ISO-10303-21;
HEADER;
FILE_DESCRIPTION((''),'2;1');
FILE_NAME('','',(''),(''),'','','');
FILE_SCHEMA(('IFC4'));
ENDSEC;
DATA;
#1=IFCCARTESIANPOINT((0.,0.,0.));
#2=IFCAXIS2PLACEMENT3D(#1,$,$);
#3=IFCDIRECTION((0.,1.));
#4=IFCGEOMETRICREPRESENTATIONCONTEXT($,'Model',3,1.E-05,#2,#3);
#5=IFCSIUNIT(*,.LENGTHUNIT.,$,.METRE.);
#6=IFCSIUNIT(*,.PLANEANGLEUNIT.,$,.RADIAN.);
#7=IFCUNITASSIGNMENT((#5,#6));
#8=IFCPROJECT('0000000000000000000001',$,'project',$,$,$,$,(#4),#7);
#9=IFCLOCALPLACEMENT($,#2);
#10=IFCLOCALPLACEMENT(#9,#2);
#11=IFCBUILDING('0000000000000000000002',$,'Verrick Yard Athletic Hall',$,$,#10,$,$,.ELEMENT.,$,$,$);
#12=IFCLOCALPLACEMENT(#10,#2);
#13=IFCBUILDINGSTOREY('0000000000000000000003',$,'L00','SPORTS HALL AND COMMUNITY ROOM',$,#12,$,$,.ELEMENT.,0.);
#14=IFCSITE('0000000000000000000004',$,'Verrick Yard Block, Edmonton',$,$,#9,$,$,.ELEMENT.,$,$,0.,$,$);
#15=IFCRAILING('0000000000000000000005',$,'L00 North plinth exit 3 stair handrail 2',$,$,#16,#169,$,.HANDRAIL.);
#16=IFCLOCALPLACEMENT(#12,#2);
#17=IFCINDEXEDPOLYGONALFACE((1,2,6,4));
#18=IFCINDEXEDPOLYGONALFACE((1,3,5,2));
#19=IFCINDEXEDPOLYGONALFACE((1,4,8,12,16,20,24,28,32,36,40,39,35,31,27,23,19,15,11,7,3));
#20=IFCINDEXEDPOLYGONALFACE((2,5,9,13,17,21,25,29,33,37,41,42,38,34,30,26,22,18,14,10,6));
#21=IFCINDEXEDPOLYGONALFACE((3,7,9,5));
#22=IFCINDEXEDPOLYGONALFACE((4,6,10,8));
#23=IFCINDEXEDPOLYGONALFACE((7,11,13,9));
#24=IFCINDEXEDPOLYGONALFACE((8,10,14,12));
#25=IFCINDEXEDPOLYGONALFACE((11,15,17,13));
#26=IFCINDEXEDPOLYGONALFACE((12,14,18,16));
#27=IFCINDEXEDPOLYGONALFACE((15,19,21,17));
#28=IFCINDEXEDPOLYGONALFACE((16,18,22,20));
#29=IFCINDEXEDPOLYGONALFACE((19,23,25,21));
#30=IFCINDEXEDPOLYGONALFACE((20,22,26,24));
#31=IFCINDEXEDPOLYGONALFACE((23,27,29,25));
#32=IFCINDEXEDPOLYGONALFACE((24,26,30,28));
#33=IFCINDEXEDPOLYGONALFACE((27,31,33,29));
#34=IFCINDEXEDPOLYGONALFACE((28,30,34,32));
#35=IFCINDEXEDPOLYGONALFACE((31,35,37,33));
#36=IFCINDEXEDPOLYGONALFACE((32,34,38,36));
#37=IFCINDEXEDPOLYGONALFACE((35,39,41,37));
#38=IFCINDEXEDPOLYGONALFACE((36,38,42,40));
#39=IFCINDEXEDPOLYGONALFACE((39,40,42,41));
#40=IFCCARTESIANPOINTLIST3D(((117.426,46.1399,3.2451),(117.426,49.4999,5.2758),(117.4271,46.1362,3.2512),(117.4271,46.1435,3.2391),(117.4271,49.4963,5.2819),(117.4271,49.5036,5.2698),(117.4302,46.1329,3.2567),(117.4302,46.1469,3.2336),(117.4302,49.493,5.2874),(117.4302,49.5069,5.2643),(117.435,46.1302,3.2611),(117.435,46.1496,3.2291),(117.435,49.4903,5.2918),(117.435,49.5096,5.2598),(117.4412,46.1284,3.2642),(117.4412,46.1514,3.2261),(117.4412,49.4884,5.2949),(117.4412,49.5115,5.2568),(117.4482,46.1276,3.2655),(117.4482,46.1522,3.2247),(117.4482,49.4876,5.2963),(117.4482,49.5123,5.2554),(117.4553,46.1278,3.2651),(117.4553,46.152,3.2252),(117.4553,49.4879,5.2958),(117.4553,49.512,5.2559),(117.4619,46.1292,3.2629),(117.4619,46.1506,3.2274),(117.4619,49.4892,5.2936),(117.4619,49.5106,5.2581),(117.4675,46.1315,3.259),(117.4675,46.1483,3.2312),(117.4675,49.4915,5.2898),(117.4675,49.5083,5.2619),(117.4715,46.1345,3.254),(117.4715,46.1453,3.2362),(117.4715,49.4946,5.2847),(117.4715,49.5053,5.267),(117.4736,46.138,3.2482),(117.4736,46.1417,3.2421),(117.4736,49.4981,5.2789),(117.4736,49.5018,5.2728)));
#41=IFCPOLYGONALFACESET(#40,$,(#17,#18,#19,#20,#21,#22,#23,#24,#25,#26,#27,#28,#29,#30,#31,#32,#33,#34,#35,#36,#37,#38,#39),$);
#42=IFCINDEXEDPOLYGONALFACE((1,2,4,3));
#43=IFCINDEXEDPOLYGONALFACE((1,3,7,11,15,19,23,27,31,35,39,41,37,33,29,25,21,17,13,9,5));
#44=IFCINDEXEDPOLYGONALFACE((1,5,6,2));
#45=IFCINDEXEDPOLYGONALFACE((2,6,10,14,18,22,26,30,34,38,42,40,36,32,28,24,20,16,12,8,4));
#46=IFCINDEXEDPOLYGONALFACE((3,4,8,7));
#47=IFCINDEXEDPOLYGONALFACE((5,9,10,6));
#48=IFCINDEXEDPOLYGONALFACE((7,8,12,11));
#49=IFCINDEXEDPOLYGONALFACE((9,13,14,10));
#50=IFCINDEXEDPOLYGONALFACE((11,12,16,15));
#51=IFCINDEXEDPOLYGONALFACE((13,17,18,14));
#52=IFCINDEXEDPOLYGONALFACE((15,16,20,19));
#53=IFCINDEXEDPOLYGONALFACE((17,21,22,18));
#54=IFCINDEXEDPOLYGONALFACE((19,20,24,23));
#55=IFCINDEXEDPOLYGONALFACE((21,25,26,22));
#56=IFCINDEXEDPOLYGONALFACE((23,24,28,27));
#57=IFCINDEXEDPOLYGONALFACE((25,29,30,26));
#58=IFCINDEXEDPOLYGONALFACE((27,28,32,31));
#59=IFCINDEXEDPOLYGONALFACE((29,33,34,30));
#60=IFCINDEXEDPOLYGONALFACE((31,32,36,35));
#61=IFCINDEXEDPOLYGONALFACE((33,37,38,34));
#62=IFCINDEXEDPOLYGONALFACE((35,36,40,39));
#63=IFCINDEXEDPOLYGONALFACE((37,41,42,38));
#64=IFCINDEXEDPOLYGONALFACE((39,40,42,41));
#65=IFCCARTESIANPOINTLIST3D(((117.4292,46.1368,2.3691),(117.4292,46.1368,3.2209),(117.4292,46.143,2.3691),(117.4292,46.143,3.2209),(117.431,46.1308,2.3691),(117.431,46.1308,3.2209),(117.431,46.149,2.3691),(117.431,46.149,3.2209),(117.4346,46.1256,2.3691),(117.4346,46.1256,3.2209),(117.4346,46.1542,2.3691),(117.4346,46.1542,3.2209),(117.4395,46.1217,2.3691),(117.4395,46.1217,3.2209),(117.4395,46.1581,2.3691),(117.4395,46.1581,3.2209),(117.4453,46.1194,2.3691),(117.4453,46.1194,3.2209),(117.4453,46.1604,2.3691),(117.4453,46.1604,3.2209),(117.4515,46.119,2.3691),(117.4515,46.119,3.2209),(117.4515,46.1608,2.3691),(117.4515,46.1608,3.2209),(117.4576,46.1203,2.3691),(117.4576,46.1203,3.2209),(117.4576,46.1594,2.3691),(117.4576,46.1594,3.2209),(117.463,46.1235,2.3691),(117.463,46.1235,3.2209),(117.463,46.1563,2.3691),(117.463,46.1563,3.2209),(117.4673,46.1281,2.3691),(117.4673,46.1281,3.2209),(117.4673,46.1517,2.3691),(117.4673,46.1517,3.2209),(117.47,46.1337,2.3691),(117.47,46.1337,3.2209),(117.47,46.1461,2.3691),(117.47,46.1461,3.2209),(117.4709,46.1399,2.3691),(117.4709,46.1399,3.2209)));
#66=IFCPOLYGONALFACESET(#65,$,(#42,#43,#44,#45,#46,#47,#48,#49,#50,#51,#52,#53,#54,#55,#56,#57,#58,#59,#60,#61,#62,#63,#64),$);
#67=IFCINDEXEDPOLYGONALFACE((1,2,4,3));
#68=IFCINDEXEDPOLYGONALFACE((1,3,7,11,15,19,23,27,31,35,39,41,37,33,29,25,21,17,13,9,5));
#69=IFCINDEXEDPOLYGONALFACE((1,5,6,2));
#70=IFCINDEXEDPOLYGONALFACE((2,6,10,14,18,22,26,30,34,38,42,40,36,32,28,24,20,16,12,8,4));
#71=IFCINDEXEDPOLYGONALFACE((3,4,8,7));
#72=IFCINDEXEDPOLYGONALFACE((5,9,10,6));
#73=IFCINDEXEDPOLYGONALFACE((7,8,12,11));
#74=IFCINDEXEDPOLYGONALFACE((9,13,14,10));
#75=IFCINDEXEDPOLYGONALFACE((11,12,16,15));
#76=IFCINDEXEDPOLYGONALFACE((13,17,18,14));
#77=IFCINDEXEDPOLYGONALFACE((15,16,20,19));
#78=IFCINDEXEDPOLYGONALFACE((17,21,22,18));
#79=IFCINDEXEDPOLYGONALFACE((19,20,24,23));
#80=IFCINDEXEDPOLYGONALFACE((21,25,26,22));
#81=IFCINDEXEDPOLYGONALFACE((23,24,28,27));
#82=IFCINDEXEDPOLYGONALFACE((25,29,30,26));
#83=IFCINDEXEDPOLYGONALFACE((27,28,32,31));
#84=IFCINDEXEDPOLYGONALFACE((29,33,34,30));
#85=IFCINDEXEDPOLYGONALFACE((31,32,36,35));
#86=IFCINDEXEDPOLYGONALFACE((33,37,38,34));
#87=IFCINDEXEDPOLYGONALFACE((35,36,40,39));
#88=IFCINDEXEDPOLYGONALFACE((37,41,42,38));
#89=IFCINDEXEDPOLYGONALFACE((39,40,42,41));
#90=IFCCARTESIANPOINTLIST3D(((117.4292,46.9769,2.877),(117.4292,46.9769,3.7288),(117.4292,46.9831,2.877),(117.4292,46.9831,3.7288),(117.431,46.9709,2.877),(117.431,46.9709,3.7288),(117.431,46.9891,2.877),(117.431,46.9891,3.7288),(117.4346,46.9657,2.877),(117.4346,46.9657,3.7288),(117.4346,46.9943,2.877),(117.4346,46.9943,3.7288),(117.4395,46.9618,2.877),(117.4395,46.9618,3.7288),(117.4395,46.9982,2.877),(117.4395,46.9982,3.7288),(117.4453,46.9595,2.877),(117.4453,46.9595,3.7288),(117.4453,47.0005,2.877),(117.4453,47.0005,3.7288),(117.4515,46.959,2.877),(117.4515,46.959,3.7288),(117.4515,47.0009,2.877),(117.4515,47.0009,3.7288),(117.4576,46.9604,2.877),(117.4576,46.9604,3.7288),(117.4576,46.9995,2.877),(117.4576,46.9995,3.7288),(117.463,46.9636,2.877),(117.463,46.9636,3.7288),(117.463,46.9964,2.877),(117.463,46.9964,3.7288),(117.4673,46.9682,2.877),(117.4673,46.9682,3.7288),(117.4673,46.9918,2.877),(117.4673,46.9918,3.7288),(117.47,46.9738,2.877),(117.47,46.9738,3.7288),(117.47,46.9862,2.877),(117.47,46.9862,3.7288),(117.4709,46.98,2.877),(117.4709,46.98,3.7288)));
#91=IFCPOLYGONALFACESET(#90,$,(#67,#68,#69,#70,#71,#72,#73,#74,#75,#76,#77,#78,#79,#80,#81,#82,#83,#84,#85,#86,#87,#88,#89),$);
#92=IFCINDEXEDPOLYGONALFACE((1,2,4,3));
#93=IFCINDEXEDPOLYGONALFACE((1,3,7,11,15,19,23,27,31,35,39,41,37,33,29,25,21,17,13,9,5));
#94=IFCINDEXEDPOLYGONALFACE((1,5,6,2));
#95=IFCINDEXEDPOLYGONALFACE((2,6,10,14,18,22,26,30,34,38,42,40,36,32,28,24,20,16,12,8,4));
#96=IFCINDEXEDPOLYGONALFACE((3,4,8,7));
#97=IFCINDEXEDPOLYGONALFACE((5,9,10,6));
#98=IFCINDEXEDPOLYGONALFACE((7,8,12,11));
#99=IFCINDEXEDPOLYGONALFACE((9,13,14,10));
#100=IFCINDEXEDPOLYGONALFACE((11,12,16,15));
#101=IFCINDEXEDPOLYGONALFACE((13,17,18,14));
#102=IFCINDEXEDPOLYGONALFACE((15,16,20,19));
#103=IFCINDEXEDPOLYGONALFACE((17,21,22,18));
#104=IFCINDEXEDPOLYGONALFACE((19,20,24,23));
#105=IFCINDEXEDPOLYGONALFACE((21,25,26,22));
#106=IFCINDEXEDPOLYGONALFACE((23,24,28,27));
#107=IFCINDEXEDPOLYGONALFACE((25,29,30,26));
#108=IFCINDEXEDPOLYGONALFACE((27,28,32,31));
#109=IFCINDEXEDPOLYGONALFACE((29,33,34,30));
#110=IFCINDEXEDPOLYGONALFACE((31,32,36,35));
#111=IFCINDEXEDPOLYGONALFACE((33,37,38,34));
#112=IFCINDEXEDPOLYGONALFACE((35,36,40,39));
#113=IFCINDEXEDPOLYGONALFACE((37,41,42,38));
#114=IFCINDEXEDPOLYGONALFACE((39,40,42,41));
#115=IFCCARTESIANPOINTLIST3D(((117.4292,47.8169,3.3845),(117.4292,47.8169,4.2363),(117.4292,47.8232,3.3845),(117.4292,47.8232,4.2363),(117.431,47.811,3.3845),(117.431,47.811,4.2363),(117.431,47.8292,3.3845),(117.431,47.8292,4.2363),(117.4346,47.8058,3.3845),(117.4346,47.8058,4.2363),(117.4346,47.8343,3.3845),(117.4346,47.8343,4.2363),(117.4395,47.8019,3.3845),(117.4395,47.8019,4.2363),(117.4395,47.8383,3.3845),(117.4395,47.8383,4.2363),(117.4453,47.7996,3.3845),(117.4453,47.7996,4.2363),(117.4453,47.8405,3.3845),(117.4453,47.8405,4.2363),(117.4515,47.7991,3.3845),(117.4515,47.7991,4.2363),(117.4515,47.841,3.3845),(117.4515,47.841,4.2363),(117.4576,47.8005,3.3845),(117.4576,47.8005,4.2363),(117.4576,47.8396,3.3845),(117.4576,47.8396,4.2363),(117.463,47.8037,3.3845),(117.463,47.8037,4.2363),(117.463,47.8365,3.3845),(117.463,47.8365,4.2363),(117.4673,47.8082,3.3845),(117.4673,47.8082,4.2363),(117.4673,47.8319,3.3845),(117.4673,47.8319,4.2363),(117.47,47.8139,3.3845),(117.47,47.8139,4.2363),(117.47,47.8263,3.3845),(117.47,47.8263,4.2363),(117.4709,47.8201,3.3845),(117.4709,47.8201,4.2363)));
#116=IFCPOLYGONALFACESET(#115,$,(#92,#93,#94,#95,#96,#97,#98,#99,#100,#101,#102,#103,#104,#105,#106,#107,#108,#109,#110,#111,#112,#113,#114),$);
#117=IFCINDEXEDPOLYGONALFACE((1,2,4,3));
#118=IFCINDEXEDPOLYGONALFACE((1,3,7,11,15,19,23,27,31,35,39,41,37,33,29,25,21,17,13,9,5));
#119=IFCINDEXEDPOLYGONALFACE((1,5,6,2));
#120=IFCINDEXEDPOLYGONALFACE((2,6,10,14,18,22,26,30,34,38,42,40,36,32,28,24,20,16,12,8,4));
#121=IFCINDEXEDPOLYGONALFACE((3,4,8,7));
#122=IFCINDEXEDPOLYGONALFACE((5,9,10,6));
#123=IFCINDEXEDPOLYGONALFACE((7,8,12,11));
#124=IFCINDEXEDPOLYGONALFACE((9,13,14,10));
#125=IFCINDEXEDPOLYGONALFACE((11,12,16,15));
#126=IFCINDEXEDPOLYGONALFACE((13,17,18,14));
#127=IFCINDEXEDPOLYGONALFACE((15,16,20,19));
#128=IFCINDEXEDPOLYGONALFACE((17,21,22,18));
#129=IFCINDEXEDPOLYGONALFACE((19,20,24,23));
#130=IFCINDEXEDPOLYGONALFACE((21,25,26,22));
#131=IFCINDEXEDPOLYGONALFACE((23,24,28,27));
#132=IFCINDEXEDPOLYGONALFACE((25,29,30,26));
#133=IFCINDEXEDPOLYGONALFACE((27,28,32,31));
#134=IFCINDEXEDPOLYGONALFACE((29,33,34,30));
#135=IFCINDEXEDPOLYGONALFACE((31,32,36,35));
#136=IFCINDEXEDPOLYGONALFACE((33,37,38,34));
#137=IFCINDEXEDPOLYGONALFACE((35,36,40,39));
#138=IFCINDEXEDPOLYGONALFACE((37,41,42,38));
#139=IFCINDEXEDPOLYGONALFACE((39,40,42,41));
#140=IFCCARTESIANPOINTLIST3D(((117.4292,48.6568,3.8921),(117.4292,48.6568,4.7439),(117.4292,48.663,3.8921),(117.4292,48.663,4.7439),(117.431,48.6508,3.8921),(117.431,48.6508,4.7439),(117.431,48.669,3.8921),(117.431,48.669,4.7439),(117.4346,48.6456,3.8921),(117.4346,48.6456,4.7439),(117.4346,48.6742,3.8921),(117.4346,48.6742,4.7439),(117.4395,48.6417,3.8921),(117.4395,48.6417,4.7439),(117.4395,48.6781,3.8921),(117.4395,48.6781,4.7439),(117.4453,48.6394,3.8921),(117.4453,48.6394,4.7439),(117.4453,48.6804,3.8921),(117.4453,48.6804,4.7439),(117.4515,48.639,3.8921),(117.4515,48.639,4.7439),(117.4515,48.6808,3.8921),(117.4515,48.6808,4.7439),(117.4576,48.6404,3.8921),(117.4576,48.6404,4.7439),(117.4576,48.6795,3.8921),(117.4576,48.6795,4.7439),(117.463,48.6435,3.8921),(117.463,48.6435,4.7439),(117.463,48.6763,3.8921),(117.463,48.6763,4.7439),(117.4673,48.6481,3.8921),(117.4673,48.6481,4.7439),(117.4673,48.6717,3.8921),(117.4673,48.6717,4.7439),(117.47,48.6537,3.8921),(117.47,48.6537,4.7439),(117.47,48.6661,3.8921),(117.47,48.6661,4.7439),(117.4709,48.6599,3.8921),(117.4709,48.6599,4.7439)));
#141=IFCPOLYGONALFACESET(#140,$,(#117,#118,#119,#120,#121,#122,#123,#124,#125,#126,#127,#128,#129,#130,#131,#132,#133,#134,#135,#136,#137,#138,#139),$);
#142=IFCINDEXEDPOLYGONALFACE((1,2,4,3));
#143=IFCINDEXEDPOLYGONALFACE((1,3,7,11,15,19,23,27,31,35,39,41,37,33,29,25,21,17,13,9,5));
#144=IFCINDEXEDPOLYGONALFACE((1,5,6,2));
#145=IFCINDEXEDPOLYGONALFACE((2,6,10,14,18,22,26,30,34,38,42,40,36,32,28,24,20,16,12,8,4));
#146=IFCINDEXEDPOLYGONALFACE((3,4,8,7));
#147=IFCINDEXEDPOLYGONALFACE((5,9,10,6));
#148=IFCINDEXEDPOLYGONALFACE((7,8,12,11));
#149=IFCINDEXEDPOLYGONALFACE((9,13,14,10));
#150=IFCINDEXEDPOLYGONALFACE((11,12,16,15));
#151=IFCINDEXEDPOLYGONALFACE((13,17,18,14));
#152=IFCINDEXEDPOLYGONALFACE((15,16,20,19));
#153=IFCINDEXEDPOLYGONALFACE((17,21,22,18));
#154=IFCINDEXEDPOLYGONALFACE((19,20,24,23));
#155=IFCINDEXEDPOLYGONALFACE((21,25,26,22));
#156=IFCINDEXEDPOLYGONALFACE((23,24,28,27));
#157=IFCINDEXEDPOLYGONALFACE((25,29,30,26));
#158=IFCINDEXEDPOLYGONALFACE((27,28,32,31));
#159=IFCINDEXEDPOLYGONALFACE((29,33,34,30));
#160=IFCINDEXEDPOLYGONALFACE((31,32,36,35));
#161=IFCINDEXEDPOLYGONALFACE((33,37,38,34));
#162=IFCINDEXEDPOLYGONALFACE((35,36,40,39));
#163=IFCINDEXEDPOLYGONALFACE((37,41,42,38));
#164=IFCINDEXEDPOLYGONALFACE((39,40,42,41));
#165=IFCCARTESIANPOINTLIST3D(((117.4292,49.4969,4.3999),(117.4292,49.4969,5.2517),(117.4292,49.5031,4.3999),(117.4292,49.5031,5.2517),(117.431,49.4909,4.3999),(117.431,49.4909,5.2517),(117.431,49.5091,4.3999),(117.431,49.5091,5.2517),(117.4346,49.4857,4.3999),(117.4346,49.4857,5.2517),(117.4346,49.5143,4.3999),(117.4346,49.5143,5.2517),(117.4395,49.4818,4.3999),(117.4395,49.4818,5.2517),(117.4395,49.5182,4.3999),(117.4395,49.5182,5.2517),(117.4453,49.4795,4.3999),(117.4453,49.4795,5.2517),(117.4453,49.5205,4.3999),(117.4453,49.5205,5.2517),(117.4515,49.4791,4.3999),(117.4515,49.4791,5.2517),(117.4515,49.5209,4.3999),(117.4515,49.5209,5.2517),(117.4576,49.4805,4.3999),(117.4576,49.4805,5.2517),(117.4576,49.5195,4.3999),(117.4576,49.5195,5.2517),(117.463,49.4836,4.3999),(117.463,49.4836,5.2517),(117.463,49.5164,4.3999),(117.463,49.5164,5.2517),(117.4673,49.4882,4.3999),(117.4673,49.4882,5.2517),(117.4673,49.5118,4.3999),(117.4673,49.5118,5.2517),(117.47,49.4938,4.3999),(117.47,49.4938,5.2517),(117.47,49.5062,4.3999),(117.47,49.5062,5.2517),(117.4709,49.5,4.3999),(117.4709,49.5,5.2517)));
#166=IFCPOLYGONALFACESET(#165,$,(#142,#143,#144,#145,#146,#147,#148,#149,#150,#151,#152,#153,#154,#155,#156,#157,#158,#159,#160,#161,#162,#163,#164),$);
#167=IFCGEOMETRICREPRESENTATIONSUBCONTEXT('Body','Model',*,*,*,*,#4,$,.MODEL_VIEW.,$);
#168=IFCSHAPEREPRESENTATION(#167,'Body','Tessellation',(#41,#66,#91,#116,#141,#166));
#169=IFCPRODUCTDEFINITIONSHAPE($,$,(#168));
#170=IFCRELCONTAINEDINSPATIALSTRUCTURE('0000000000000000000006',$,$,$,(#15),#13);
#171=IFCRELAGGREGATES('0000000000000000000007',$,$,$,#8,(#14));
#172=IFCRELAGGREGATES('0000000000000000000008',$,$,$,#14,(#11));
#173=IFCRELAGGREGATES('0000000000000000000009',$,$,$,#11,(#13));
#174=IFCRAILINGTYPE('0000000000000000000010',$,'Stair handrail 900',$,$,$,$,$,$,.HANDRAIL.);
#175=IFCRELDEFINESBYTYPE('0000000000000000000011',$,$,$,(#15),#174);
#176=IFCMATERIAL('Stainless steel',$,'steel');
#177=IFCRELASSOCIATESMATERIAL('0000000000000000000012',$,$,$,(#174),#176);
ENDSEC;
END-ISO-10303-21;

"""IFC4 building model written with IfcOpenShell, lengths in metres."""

from ifc_helpers import new_model, si_unit, direction, frame, origin, origin_2d, place, context, subcontext, project, spatial, circle, extrude, material, type_object, element, save


model = new_model("IFC4")

# Units and contexts
model_context = context("Model", 3, precision=1e-05, world=origin(), true_north=direction((0.0, 1.0)))
body_context = subcontext(model_context, "Body", "Model", "MODEL_VIEW")
ifc_project = project(units=[si_unit("LENGTHUNIT", "METRE"), si_unit("PLANEANGLEUNIT", "RADIAN")], contexts=[model_context])

# Site, building, storey
site_placement = place(None, origin())
site = spatial("IfcSite", under=ifc_project, at=site_placement, Name="Verrick Yard Block, Edmonton", CompositionType="ELEMENT", RefElevation=0.0)
building_placement = place(site_placement, origin())
building = spatial("IfcBuilding", under=site, at=building_placement, Name="Verrick Yard Athletic Hall", CompositionType="ELEMENT")
storey_placement = place(building_placement, origin())
storey = spatial("IfcBuildingStorey", under=building, at=storey_placement, Name="L00", Description="SPORTS HALL AND COMMUNITY ROOM", CompositionType="ELEMENT", Elevation=0.0)

# Railing
ifc_material_1 = material(Name="Stainless steel", Category="steel")
railing_type_1 = type_object("IfcRailingType", Name="Stair handrail 900", PredefinedType="HANDRAIL", material=ifc_material_1)
railing_1_placement = place(storey_placement, frame((117.45, 46.1399, 2.3691)))
element("IfcRailing", 1, at=railing_1_placement, inside=storey, type_object=railing_type_1, Name="L00 North plinth exit 3 stair handrail 2", PredefinedType="HANDRAIL", context=body_context, shape_type="SweptSolid", body=[
    extrude(circle(Radius=0.0239, at=origin_2d()), frame((0.0, 0.0, 0.876), z_axis=(0.0, 0.855837, 0.517246), x_axis=(-1.0, 0.0, 0.0)), (0.0, 0.0, 1.0), 3.926),
    extrude(circle(Radius=0.021, at=origin_2d()), origin(), (0.0, 0.0, 1.0), 0.8518),
    extrude(circle(Radius=0.021, at=origin_2d()), frame((0.0, 0.8401, 0.5078)), (0.0, 0.0, 1.0), 0.8518),
    extrude(circle(Radius=0.021, at=origin_2d()), frame((0.0, 1.6802, 1.0154)), (0.0, 0.0, 1.0), 0.8518),
    extrude(circle(Radius=0.021, at=origin_2d()), frame((0.0, 2.52, 1.5229)), (0.0, 0.0, 1.0), 0.8518),
    extrude(circle(Radius=0.021, at=origin_2d()), frame((0.0, 3.3601, 2.0308)), (0.0, 0.0, 1.0), 0.8518),
])

save(model, "model.ifc")
